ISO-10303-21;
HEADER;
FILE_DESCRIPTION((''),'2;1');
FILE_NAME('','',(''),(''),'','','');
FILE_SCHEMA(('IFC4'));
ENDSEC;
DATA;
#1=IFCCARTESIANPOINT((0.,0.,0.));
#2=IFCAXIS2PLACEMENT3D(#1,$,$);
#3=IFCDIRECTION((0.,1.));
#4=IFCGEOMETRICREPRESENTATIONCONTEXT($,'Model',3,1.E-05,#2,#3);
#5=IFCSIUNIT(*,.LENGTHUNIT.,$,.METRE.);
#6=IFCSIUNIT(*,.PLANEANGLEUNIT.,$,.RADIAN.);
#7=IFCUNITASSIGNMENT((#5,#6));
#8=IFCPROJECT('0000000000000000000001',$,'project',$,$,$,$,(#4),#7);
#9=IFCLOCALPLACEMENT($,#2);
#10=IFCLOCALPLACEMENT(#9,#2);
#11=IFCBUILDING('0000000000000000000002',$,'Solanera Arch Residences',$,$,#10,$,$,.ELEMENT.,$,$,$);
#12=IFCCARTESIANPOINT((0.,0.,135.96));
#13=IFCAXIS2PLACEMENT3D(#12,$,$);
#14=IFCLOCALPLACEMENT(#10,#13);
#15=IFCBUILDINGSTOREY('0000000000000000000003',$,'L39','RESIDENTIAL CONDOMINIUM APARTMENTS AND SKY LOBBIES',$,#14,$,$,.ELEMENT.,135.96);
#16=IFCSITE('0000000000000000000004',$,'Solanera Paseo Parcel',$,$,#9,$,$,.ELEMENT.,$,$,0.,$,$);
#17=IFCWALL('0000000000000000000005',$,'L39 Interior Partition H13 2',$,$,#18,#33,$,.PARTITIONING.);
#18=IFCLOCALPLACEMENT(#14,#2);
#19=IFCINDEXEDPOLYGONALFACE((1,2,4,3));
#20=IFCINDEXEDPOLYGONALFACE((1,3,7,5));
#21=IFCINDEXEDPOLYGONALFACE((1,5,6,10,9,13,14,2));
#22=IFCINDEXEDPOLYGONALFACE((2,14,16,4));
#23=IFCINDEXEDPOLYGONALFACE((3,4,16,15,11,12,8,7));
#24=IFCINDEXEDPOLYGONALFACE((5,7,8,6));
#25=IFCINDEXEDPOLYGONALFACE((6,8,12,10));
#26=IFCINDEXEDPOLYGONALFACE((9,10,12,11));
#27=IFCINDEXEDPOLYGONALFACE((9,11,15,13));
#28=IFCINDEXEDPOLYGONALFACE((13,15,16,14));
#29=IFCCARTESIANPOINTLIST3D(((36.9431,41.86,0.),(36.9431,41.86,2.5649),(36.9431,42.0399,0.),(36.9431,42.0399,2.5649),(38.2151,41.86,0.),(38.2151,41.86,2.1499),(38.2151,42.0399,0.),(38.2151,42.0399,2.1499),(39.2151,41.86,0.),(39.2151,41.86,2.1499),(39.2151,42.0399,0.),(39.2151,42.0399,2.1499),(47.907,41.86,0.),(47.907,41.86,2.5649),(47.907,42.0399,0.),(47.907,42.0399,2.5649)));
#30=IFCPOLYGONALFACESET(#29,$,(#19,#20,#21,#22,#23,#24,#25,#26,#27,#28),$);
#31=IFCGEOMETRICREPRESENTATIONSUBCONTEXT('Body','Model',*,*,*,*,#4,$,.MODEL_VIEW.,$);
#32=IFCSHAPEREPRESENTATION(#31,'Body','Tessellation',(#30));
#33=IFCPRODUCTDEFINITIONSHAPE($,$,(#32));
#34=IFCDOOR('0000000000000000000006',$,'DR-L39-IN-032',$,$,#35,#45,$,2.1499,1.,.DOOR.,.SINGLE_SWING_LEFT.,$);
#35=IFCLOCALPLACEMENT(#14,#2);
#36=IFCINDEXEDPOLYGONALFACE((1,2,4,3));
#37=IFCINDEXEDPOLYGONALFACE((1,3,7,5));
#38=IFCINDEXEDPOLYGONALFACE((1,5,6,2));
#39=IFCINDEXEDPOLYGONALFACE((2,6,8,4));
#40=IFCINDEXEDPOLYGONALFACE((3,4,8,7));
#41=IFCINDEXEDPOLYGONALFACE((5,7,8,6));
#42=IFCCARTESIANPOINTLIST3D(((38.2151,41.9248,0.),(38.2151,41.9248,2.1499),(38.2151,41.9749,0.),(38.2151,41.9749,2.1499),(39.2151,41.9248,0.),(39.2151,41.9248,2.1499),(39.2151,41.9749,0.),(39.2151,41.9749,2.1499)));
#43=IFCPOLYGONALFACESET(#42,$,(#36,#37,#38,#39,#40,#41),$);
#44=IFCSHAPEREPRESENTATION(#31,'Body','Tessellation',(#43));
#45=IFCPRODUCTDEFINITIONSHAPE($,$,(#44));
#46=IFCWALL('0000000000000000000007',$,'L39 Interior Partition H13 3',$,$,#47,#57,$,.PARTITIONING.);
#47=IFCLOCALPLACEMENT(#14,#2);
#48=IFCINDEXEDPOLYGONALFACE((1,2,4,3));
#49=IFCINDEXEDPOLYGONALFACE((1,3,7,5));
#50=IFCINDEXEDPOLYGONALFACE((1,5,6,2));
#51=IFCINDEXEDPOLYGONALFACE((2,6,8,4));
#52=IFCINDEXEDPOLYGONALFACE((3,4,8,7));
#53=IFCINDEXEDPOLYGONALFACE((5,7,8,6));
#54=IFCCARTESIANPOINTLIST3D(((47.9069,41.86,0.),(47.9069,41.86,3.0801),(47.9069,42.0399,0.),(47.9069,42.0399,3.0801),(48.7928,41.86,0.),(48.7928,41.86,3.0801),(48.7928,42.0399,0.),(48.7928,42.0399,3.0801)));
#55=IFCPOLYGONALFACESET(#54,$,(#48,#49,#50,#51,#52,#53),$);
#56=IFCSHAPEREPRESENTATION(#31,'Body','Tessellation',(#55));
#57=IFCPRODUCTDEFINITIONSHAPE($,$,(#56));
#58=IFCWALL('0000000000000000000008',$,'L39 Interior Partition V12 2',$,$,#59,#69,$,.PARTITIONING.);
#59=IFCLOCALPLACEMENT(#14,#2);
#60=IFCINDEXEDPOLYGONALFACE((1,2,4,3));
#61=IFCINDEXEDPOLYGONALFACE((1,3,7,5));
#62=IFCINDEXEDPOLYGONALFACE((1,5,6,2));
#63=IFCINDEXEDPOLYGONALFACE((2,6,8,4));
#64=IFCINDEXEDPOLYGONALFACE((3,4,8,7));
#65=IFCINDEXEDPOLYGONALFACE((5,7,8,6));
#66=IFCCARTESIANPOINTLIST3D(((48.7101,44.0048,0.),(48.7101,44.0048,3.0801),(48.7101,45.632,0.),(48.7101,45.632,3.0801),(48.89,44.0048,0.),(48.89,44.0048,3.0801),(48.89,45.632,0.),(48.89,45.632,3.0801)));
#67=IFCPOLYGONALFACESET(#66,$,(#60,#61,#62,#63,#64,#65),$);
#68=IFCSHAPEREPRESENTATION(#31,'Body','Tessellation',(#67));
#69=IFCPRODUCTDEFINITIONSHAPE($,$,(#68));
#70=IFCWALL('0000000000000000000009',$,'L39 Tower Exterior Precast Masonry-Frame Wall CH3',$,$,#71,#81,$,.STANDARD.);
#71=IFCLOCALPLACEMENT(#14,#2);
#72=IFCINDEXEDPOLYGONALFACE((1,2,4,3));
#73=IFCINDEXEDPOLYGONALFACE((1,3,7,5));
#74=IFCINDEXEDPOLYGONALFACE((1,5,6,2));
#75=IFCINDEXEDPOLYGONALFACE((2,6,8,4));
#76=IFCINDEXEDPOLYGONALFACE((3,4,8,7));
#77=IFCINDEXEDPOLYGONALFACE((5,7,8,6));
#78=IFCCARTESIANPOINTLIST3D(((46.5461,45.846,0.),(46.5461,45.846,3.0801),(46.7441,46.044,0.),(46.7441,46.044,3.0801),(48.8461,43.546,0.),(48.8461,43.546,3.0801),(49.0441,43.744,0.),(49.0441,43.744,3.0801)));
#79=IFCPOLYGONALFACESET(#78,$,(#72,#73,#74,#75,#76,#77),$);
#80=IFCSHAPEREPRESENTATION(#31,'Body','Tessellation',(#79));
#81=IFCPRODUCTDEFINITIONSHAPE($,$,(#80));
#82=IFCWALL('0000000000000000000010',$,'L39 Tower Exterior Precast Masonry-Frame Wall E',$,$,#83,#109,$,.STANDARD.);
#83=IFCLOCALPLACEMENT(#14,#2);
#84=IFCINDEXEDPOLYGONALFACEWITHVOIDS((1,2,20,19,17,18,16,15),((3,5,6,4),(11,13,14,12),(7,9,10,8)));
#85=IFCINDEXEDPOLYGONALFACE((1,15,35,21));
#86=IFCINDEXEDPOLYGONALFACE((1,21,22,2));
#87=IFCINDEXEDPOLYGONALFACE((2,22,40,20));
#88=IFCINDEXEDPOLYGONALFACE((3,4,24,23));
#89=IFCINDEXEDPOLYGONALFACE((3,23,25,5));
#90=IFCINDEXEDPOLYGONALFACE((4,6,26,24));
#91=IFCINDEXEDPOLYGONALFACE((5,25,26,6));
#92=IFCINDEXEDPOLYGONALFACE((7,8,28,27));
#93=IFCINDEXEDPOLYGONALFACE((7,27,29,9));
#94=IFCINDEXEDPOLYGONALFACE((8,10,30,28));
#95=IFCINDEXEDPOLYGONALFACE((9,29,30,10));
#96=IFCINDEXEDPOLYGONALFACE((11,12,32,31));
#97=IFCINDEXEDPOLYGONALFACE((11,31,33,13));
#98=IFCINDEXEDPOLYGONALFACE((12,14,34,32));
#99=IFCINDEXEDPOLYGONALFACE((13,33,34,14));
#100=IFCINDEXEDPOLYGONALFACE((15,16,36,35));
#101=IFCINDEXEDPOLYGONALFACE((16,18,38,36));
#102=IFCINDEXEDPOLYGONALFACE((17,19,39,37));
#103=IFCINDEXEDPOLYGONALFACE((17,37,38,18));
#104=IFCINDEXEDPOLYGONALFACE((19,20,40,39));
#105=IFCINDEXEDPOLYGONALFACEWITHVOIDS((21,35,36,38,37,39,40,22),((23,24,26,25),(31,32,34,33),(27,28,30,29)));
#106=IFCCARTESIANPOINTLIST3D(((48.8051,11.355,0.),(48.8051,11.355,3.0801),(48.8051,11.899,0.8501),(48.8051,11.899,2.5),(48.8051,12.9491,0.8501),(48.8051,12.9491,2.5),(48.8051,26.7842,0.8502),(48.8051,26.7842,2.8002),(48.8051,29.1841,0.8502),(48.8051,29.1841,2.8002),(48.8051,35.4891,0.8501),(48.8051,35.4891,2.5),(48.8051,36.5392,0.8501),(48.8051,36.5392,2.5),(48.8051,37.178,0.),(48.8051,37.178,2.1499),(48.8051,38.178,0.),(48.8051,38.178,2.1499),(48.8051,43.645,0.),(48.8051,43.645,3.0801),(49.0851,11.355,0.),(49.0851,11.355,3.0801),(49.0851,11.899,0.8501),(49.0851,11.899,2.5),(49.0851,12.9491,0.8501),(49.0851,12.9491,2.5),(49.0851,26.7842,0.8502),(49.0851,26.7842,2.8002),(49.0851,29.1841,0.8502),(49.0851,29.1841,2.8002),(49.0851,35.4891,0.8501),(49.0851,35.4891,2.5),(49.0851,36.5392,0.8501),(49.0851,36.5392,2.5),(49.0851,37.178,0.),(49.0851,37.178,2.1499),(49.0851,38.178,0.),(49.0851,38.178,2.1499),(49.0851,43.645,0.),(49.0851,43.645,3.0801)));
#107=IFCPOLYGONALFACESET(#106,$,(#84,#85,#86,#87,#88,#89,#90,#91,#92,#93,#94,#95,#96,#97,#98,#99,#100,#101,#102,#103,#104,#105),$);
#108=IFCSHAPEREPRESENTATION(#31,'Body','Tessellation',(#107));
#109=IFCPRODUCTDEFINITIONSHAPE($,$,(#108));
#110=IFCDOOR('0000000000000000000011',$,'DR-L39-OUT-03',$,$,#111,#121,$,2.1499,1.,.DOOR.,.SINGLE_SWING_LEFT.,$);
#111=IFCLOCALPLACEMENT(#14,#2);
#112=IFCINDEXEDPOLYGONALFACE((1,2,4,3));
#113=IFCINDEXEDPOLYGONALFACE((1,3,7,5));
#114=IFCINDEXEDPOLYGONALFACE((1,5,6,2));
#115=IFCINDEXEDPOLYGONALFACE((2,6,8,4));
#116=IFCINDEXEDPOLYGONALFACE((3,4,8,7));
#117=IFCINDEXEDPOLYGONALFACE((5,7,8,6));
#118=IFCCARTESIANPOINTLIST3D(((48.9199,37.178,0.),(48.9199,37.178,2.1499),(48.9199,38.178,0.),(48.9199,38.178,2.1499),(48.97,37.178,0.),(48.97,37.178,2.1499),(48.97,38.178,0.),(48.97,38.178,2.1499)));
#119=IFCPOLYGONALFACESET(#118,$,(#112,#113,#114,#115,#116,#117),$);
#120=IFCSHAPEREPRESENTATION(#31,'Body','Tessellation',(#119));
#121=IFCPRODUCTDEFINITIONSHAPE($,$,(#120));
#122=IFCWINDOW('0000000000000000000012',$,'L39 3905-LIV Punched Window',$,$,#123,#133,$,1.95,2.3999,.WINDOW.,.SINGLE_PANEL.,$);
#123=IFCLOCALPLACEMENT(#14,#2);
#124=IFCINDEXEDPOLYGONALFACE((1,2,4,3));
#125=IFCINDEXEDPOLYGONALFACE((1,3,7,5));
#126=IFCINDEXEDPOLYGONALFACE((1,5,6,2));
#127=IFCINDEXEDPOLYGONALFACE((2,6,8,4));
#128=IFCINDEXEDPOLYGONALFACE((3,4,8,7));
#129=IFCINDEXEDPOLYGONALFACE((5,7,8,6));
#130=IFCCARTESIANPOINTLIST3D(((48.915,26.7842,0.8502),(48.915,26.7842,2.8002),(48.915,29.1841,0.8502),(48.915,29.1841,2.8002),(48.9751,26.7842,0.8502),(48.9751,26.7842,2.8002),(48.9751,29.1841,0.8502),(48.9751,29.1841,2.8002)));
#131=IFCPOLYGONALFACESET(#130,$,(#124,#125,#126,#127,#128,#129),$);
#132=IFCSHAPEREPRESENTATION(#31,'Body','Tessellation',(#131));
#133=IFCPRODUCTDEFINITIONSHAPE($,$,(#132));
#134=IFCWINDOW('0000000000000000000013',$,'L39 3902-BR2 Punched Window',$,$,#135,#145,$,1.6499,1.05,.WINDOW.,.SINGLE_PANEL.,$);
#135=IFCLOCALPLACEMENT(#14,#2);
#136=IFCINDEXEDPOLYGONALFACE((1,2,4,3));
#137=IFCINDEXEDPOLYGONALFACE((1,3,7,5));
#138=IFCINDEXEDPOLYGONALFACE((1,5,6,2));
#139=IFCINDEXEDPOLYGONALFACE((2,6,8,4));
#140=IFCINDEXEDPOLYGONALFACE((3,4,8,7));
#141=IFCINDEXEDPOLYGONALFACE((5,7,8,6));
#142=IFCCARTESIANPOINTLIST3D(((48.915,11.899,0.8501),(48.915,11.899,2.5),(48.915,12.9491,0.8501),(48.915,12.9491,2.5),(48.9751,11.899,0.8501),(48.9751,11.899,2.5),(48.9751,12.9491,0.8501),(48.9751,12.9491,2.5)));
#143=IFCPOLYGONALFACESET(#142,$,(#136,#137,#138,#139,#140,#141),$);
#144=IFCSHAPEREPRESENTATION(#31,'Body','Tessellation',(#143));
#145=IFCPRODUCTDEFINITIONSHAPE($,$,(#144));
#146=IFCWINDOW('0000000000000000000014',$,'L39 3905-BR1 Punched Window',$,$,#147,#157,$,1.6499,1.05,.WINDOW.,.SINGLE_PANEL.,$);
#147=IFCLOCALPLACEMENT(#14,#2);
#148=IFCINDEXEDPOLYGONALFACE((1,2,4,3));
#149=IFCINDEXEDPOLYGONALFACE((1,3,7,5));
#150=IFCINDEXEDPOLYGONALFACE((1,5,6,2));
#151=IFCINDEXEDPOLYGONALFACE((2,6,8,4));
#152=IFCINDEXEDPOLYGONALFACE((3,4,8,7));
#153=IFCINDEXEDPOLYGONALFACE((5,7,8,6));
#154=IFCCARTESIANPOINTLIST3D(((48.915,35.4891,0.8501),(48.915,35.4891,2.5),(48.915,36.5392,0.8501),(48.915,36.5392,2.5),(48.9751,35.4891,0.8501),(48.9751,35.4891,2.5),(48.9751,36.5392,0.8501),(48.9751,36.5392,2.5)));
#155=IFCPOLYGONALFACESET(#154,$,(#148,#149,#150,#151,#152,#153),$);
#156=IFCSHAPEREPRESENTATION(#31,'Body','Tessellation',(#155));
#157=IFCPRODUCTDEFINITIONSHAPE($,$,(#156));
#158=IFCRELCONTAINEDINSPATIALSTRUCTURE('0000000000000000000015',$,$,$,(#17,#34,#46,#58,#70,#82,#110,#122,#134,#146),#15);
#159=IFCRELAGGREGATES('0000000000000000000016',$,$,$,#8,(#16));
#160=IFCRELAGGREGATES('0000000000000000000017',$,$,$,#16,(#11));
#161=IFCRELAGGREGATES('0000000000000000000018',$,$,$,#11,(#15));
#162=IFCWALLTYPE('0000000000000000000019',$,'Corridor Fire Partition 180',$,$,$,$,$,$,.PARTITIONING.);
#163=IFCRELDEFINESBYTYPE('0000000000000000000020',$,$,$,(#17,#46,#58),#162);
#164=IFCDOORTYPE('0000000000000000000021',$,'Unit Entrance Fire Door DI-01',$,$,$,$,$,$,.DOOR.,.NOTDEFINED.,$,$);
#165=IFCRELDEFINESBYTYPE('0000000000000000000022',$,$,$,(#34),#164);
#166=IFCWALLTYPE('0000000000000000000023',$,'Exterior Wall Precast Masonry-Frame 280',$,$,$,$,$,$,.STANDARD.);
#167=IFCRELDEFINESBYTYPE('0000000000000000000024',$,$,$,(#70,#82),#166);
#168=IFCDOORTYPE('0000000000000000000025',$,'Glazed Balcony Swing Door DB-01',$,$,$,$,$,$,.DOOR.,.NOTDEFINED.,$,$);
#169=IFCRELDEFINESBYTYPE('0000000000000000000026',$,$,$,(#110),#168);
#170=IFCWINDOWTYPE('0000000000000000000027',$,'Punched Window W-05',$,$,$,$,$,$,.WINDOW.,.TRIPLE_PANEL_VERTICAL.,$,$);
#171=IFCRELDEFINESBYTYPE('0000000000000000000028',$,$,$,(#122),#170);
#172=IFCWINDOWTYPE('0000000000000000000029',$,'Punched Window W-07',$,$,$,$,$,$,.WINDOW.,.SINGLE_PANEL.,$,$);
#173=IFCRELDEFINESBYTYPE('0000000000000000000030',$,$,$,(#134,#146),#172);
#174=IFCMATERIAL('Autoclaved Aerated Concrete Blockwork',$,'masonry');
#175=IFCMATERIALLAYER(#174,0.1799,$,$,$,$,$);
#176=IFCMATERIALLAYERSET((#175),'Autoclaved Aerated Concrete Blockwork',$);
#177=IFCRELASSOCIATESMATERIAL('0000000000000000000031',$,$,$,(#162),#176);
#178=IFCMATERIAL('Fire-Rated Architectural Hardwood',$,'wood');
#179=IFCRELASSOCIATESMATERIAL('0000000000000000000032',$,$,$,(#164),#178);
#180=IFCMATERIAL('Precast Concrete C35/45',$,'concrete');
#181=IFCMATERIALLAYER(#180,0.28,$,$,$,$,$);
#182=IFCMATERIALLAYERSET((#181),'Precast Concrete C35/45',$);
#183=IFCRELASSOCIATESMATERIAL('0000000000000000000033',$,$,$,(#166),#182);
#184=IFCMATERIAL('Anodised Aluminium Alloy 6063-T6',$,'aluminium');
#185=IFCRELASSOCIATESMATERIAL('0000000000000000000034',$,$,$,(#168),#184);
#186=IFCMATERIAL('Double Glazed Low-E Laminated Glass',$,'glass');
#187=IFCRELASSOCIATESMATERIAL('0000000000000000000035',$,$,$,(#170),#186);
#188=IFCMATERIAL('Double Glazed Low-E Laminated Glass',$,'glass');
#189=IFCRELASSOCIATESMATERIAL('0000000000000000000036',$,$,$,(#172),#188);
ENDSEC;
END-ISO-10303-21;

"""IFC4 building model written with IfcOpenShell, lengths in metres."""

from ifc_helpers import new_model, si_unit, direction, frame, frame_2d, origin, place, context, subcontext, project, spatial, rectangle, extrude, material, layer, layer_set, type_object, element, fill, save


model = new_model("IFC4")

# Units and contexts
model_context = context("Model", 3, precision=1e-05, world=origin(), true_north=direction((0.0, 1.0)))
body_context = subcontext(model_context, "Body", "Model", "MODEL_VIEW")
ifc_project = project(units=[si_unit("LENGTHUNIT", "METRE"), si_unit("PLANEANGLEUNIT", "RADIAN")], contexts=[model_context])

# Site, building, storey
site_placement = place(None, origin())
site = spatial("IfcSite", under=ifc_project, at=site_placement, Name="Solanera Paseo Parcel", CompositionType="ELEMENT", RefElevation=0.0)
building_placement = place(site_placement, origin())
building = spatial("IfcBuilding", under=site, at=building_placement, Name="Solanera Arch Residences", CompositionType="ELEMENT")
storey_placement = place(building_placement, frame((0.0, 0.0, 135.96)))
storey = spatial("IfcBuildingStorey", under=building, at=storey_placement, Name="L39", Description="RESIDENTIAL CONDOMINIUM APARTMENTS AND SKY LOBBIES", CompositionType="ELEMENT", Elevation=135.96)

# Shared definitions
ifc_material_1 = material(Name="Autoclaved Aerated Concrete Blockwork", Category="masonry")
ifc_layer_1 = layer(ifc_material_1, 0.1799)
ifc_layer_set_1 = layer_set([ifc_layer_1], Name="Autoclaved Aerated Concrete Blockwork")
wall_type_1 = type_object("IfcWallType", Name="Corridor Fire Partition 180", PredefinedType="PARTITIONING", material=ifc_layer_set_1)

# Wall, opening, door
wall_1_placement = place(storey_placement, frame((36.9431, 41.95, 0.0), z_axis=(0.0, 0.0, 1.0), x_axis=(1.0, 0.0, 0.0)))
wall_1 = element("IfcWall", 1, at=wall_1_placement, inside=storey, type_object=wall_type_1, Name="L39 Interior Partition H13 2", PredefinedType="PARTITIONING", context=body_context, shape_type="SweptSolid", body=[
    extrude(rectangle(XDim=10.9639, YDim=0.1799, at=frame_2d((5.4819, 0.0))), origin(), (0.0, 0.0, 1.0), 2.5649),
])
opening_1_placement = place(wall_1_placement, frame((1.272, 0.0, 0.0)))
opening_1 = element("IfcOpeningElement", 2, at=opening_1_placement, cuts=wall_1, PredefinedType="OPENING", context=body_context, shape_type="SweptSolid", body=[
    extrude(rectangle(XDim=1.0, YDim=2.1499, at=frame_2d((0.5, 1.075))), frame((0.0, 0.1001, 0.0), z_axis=(0.0, -1.0, 0.0), x_axis=(1.0, 0.0, 0.0)), (0.0, 0.0, 1.0), 0.1999),
])
ifc_material_2 = material(Name="Fire-Rated Architectural Hardwood", Category="wood")
door_type_1 = type_object("IfcDoorType", Name="Unit Entrance Fire Door DI-01", OperationType="NOTDEFINED", PredefinedType="DOOR", material=ifc_material_2)
door_1_placement = place(opening_1_placement, origin())
door_1 = element("IfcDoor", 3, at=door_1_placement, inside=storey, type_object=door_type_1, Name="DR-L39-IN-032", OperationType="SINGLE_SWING_LEFT", OverallHeight=2.1499, OverallWidth=1.0, PredefinedType="DOOR", context=body_context, shape_type="SweptSolid", body=[
    extrude(rectangle(XDim=1.0, YDim=2.1499, at=frame_2d((0.5, 1.075))), frame((0.0, 0.0249, 0.0), z_axis=(0.0, -1.0, 0.0), x_axis=(1.0, 0.0, 0.0)), (0.0, 0.0, 1.0), 0.05),
])
fill(opening_1, door_1)

# Walls
wall_2_placement = place(storey_placement, frame((47.907, 41.95, 0.0), z_axis=(0.0, 0.0, 1.0), x_axis=(1.0, 0.0, 0.0)))
element("IfcWall", 4, at=wall_2_placement, inside=storey, type_object=wall_type_1, Name="L39 Interior Partition H13 3", PredefinedType="PARTITIONING", context=body_context, shape_type="SweptSolid", body=[
    extrude(rectangle(XDim=0.886, YDim=0.1799, at=frame_2d((0.4429, 0.0))), origin(), (0.0, 0.0, 1.0), 3.0801),
])
wall_3_placement = place(storey_placement, frame((48.8, 44.0049, 0.0), z_axis=(0.0, 0.0, 1.0), x_axis=(0.0, 1.0, 0.0)))
element("IfcWall", 5, at=wall_3_placement, inside=storey, type_object=wall_type_1, Name="L39 Interior Partition V12 2", PredefinedType="PARTITIONING", context=body_context, shape_type="SweptSolid", body=[
    extrude(rectangle(XDim=1.6272, YDim=0.1799, at=frame_2d((0.8135, 0.0))), origin(), (0.0, 0.0, 1.0), 3.0801),
])
ifc_material_3 = material(Name="Precast Concrete C35/45", Category="concrete")
ifc_layer_2 = layer(ifc_material_3, 0.28)
ifc_layer_set_2 = layer_set([ifc_layer_2], Name="Precast Concrete C35/45")
wall_type_2 = type_object("IfcWallType", Name="Exterior Wall Precast Masonry-Frame 280", PredefinedType="STANDARD", material=ifc_layer_set_2)
wall_4_placement = place(storey_placement, frame((46.645, 45.9451, 0.0), z_axis=(0.0, 0.0, 1.0), x_axis=(0.707107, -0.707107, 0.0)))
element("IfcWall", 6, at=wall_4_placement, inside=storey, type_object=wall_type_2, Name="L39 Tower Exterior Precast Masonry-Frame Wall CH3", PredefinedType="STANDARD", context=body_context, shape_type="SweptSolid", body=[
    extrude(rectangle(XDim=3.2527, YDim=0.28, at=frame_2d((1.6265, 0.0))), origin(), (0.0, 0.0, 1.0), 3.0801),
])

# Wall, openings, door, windows
wall_5_placement = place(storey_placement, frame((48.9451, 43.645, 0.0), z_axis=(0.0, 0.0, 1.0), x_axis=(0.0, -1.0, 0.0)))
wall_5 = element("IfcWall", 7, at=wall_5_placement, inside=storey, type_object=wall_type_2, Name="L39 Tower Exterior Precast Masonry-Frame Wall E", PredefinedType="STANDARD", context=body_context, shape_type="SweptSolid", body=[
    extrude(rectangle(XDim=32.29, YDim=0.28, at=frame_2d((16.145, 0.0))), origin(), (0.0, 0.0, 1.0), 3.0801),
])
opening_2_placement = place(wall_5_placement, frame((5.467, 0.0, 0.0)))
opening_2 = element("IfcOpeningElement", 8, at=opening_2_placement, cuts=wall_5, PredefinedType="OPENING", context=body_context, shape_type="SweptSolid", body=[
    extrude(rectangle(XDim=1.0, YDim=2.1499, at=frame_2d((0.5, 1.075))), frame((0.0, 0.1499, 0.0), z_axis=(0.0, -1.0, 0.0), x_axis=(1.0, 0.0, 0.0)), (0.0, 0.0, 1.0), 0.3),
])
opening_3_placement = place(wall_5_placement, frame((30.696, 0.0, 0.8501)))
opening_3 = element("IfcOpeningElement", 9, at=opening_3_placement, cuts=wall_5, PredefinedType="OPENING", context=body_context, shape_type="SweptSolid", body=[
    extrude(rectangle(XDim=1.05, YDim=1.6499, at=frame_2d((0.5249, 0.825))), frame((0.0, 0.1499, 0.0), z_axis=(0.0, -1.0, 0.0), x_axis=(1.0, 0.0, 0.0)), (0.0, 0.0, 1.0), 0.3),
])
opening_4_placement = place(wall_5_placement, frame((14.4609, 0.0, 0.8501)))
opening_4 = element("IfcOpeningElement", 10, at=opening_4_placement, cuts=wall_5, PredefinedType="OPENING", context=body_context, shape_type="SweptSolid", body=[
    extrude(rectangle(XDim=2.3999, YDim=1.95, at=frame_2d((1.2, 0.9751))), frame((0.0, 0.1499, 0.0), z_axis=(0.0, -1.0, 0.0), x_axis=(1.0, 0.0, 0.0)), (0.0, 0.0, 1.0), 0.3),
])
opening_5_placement = place(wall_5_placement, frame((7.106, 0.0, 0.8501)))
opening_5 = element("IfcOpeningElement", 11, at=opening_5_placement, cuts=wall_5, PredefinedType="OPENING", context=body_context, shape_type="SweptSolid", body=[
    extrude(rectangle(XDim=1.05, YDim=1.6499, at=frame_2d((0.5249, 0.825))), frame((0.0, 0.1499, 0.0), z_axis=(0.0, -1.0, 0.0), x_axis=(1.0, 0.0, 0.0)), (0.0, 0.0, 1.0), 0.3),
])
ifc_material_4 = material(Name="Anodised Aluminium Alloy 6063-T6", Category="aluminium")
door_type_2 = type_object("IfcDoorType", Name="Glazed Balcony Swing Door DB-01", OperationType="NOTDEFINED", PredefinedType="DOOR", material=ifc_material_4)
door_2_placement = place(opening_2_placement, origin())
door_2 = element("IfcDoor", 12, at=door_2_placement, inside=storey, type_object=door_type_2, Name="DR-L39-OUT-03", OperationType="SINGLE_SWING_LEFT", OverallHeight=2.1499, OverallWidth=1.0, PredefinedType="DOOR", context=body_context, shape_type="SweptSolid", body=[
    extrude(rectangle(XDim=1.0, YDim=2.1499, at=frame_2d((0.5, 1.075))), frame((0.0, 0.0249, 0.0), z_axis=(0.0, -1.0, 0.0), x_axis=(1.0, 0.0, 0.0)), (0.0, 0.0, 1.0), 0.05),
])
fill(opening_2, door_2)
ifc_material_5 = material(Name="Double Glazed Low-E Laminated Glass", Category="glass")
window_type_1 = type_object("IfcWindowType", Name="Punched Window W-05", PartitioningType="TRIPLE_PANEL_VERTICAL", PredefinedType="WINDOW", material=ifc_material_5)
window_1_placement = place(opening_4_placement, origin())
window_1 = element("IfcWindow", 13, at=window_1_placement, inside=storey, type_object=window_type_1, Name="L39 3905-LIV Punched Window", OverallHeight=1.95, OverallWidth=2.3999, PartitioningType="SINGLE_PANEL", PredefinedType="WINDOW", context=body_context, shape_type="SweptSolid", body=[
    extrude(rectangle(XDim=2.3999, YDim=1.95, at=frame_2d((1.2, 0.9751))), frame((0.0, 0.03, 0.0), z_axis=(0.0, -1.0, 0.0), x_axis=(1.0, 0.0, 0.0)), (0.0, 0.0, 1.0), 0.0601),
])
fill(opening_4, window_1)
ifc_material_6 = material(Name="Double Glazed Low-E Laminated Glass", Category="glass")
window_type_2 = type_object("IfcWindowType", Name="Punched Window W-07", PartitioningType="SINGLE_PANEL", PredefinedType="WINDOW", material=ifc_material_6)
window_2_placement = place(opening_3_placement, origin())
window_2 = element("IfcWindow", 14, at=window_2_placement, inside=storey, type_object=window_type_2, Name="L39 3902-BR2 Punched Window", OverallHeight=1.6499, OverallWidth=1.05, PartitioningType="SINGLE_PANEL", PredefinedType="WINDOW", context=body_context, shape_type="SweptSolid", body=[
    extrude(rectangle(XDim=1.05, YDim=1.6499, at=frame_2d((0.5249, 0.825))), frame((0.0, 0.03, 0.0), z_axis=(0.0, -1.0, 0.0), x_axis=(1.0, 0.0, 0.0)), (0.0, 0.0, 1.0), 0.0601),
])
fill(opening_3, window_2)
window_3_placement = place(opening_5_placement, origin())
window_3 = element("IfcWindow", 15, at=window_3_placement, inside=storey, type_object=window_type_2, Name="L39 3905-BR1 Punched Window", OverallHeight=1.6499, OverallWidth=1.05, PartitioningType="SINGLE_PANEL", PredefinedType="WINDOW", context=body_context, shape_type="SweptSolid", body=[
    extrude(rectangle(XDim=1.05, YDim=1.6499, at=frame_2d((0.5249, 0.825))), frame((0.0, 0.03, 0.0), z_axis=(0.0, -1.0, 0.0), x_axis=(1.0, 0.0, 0.0)), (0.0, 0.0, 1.0), 0.0601),
])
fill(opening_5, window_3)

save(model, "model.ifc")
